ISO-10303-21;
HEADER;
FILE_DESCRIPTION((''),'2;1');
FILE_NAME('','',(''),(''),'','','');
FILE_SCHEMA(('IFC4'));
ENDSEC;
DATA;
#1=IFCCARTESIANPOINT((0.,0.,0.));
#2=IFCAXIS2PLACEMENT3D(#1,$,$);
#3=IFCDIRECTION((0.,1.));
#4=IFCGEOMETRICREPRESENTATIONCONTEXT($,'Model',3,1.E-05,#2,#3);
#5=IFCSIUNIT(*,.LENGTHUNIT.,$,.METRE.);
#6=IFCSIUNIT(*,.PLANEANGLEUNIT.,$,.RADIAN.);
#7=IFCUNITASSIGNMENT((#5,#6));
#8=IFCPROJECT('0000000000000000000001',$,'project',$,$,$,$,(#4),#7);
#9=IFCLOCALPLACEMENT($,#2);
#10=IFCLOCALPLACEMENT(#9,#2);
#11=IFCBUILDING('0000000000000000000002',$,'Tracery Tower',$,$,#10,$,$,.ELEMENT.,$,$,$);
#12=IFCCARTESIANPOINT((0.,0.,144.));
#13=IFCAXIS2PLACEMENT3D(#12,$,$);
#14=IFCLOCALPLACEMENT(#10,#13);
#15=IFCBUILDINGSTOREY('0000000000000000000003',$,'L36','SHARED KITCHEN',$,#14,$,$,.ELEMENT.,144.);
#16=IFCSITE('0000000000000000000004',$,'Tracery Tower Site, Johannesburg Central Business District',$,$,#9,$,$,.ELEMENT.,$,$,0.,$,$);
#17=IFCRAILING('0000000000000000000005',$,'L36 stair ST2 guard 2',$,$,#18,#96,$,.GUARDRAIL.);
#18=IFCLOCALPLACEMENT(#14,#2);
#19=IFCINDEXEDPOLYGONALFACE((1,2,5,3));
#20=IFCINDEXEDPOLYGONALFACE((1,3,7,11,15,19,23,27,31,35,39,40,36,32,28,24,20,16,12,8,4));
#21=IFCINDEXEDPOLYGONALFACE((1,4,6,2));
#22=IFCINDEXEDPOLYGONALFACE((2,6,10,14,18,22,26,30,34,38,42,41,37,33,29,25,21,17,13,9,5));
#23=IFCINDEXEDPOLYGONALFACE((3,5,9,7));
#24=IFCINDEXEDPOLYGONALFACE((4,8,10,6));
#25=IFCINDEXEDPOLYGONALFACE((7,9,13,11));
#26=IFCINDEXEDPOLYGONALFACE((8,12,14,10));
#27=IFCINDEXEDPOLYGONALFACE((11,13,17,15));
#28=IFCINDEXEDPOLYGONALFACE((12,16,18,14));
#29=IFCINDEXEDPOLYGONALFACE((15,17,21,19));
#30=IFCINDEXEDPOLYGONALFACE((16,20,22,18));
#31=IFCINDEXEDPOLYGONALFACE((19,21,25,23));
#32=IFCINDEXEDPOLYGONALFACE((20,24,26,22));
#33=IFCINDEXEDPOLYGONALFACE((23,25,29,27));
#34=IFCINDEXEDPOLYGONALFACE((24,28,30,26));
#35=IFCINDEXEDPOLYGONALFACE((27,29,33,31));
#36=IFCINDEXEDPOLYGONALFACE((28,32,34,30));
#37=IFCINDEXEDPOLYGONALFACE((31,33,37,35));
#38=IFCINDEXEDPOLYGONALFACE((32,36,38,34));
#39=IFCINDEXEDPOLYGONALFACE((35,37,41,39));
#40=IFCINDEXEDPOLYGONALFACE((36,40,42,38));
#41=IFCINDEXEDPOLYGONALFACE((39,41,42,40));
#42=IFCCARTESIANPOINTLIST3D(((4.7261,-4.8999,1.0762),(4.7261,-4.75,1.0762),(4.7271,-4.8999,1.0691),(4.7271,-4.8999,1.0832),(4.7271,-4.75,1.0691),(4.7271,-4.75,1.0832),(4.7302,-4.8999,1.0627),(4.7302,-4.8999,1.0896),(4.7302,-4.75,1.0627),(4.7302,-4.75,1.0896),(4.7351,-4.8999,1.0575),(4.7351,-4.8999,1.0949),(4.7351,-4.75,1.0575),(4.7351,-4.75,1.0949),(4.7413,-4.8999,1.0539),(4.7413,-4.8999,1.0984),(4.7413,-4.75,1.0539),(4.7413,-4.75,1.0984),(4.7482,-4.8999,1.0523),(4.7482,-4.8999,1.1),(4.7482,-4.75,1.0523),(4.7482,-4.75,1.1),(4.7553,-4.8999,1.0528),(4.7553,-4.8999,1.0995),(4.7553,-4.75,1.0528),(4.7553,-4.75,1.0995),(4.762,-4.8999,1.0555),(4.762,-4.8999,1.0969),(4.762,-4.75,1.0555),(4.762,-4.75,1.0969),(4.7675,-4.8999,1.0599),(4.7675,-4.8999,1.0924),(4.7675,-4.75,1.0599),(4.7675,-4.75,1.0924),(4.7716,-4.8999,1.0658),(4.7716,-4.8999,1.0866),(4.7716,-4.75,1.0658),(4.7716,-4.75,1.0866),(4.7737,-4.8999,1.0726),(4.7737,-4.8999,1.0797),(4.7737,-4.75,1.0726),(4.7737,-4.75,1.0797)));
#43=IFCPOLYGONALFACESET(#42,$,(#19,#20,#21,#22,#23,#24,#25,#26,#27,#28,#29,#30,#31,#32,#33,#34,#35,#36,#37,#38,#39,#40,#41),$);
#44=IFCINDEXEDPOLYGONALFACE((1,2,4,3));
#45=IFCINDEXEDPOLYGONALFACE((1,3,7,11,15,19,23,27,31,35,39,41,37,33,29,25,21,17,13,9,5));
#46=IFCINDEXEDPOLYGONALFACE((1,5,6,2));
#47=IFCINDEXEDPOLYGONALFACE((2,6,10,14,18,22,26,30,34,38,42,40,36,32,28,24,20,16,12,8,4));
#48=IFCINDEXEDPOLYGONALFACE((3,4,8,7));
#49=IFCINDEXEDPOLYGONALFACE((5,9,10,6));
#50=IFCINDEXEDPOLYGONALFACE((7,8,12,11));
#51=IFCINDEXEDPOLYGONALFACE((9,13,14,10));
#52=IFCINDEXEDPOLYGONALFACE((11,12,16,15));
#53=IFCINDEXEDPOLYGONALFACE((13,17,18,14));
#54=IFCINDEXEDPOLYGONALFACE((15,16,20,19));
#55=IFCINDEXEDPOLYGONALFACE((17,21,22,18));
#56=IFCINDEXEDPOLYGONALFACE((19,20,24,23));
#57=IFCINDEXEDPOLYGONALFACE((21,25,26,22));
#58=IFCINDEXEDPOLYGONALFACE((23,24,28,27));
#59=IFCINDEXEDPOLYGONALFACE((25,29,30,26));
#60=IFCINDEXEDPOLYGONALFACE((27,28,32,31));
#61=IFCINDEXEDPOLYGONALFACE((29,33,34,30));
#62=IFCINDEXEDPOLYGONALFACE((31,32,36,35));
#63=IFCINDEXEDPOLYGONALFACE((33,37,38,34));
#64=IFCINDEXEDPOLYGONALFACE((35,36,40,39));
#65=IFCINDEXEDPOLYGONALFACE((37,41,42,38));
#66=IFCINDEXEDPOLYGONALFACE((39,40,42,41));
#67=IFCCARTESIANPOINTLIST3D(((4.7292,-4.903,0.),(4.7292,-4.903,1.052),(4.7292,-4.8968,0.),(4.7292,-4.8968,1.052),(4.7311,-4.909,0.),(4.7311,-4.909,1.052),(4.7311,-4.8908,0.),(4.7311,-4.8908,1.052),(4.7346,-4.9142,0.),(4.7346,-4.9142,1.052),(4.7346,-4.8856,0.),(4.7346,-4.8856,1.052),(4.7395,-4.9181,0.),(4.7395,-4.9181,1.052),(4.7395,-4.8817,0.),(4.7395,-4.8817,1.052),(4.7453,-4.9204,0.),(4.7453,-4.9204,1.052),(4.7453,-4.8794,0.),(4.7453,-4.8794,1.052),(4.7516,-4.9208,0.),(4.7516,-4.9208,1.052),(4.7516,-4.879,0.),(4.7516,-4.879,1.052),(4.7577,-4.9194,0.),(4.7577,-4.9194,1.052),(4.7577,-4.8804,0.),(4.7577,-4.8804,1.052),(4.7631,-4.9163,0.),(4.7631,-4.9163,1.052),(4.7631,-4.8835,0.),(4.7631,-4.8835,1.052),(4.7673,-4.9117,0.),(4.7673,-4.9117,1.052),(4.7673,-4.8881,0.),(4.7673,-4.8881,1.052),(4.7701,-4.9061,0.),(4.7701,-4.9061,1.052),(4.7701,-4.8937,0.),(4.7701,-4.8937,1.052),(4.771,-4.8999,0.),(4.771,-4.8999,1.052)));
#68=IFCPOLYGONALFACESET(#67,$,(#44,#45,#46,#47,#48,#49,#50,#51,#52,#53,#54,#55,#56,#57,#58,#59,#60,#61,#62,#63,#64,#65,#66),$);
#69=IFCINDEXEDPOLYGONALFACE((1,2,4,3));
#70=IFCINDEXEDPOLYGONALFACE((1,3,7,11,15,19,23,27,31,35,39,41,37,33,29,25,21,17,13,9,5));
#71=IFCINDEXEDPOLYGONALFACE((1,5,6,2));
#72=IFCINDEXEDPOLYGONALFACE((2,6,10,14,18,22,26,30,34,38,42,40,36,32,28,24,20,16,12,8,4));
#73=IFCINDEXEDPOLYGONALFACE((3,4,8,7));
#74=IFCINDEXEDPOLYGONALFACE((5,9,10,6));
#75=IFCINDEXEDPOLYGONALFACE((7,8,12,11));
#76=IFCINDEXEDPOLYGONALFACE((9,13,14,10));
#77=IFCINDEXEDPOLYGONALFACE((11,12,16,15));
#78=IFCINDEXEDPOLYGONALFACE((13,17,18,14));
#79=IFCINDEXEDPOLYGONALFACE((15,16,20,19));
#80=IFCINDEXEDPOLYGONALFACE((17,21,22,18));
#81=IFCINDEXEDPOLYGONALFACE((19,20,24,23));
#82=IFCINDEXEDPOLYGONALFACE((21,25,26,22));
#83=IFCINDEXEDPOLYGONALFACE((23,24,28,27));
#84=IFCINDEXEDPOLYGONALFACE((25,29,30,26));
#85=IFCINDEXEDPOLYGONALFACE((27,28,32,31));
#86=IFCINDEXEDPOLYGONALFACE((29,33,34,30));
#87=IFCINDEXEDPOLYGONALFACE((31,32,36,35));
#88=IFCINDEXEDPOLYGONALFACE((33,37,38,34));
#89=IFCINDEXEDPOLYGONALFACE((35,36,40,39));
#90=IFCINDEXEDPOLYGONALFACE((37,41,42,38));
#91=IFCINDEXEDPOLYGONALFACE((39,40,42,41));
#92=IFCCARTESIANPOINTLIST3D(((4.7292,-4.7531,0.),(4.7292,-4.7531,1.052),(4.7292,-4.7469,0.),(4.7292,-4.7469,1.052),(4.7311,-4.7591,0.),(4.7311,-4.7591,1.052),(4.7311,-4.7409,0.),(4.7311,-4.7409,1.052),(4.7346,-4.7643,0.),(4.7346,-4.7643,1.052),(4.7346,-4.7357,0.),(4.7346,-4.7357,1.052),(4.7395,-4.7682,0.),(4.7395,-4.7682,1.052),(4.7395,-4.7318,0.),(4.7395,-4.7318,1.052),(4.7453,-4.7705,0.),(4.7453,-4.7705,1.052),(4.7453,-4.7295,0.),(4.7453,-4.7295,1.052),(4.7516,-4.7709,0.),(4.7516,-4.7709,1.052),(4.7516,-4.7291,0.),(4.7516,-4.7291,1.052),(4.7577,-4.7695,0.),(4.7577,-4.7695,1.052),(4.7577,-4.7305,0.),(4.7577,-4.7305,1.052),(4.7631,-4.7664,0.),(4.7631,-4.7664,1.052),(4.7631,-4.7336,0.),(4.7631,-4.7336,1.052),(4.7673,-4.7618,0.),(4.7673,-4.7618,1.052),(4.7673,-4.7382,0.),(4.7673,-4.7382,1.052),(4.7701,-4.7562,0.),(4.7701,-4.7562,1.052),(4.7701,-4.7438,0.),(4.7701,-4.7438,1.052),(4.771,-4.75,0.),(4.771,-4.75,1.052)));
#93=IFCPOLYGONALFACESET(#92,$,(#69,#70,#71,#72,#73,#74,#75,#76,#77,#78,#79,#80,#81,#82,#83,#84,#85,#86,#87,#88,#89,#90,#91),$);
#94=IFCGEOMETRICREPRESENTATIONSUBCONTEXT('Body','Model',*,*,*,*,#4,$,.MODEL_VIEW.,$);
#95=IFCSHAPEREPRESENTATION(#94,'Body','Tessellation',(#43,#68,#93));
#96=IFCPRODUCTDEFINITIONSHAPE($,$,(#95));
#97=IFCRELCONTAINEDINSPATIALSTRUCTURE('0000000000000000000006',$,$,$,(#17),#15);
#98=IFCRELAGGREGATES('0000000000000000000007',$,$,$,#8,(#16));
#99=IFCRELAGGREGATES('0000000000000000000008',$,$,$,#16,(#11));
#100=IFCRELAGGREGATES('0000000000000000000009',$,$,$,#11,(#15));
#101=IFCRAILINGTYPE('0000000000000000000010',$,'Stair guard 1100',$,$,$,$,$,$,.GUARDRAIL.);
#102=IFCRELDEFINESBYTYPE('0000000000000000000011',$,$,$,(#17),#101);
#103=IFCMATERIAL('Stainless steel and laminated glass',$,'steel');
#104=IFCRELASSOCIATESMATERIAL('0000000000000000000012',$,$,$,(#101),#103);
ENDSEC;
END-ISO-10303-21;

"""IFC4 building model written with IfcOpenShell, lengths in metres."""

from ifc_helpers import new_model, si_unit, direction, frame, origin, origin_2d, place, context, subcontext, project, spatial, circle, extrude, material, type_object, element, save


model = new_model("IFC4")

# Units and contexts
model_context = context("Model", 3, precision=1e-05, world=origin(), true_north=direction((0.0, 1.0)))
body_context = subcontext(model_context, "Body", "Model", "MODEL_VIEW")
ifc_project = project(units=[si_unit("LENGTHUNIT", "METRE"), si_unit("PLANEANGLEUNIT", "RADIAN")], contexts=[model_context])

# Site, building, storey
site_placement = place(None, origin())
site = spatial("IfcSite", under=ifc_project, at=site_placement, Name="Tracery Tower Site, Johannesburg Central Business District", CompositionType="ELEMENT", RefElevation=0.0)
building_placement = place(site_placement, origin())
building = spatial("IfcBuilding", under=site, at=building_placement, Name="Tracery Tower", CompositionType="ELEMENT")
storey_placement = place(building_placement, frame((0.0, 0.0, 144.0)))
storey = spatial("IfcBuildingStorey", under=building, at=storey_placement, Name="L36", Description="SHARED KITCHEN", CompositionType="ELEMENT", Elevation=144.0)

# Railing
ifc_material_1 = material(Name="Stainless steel and laminated glass", Category="steel")
railing_type_1 = type_object("IfcRailingType", Name="Stair guard 1100", PredefinedType="GUARDRAIL", material=ifc_material_1)
railing_1_placement = place(storey_placement, frame((4.75, -4.8999, 0.0)))
element("IfcRailing", 1, at=railing_1_placement, inside=storey, type_object=railing_type_1, Name="L36 stair ST2 guard 2", PredefinedType="GUARDRAIL", context=body_context, shape_type="SweptSolid", body=[
    extrude(circle(Radius=0.0239, at=origin_2d()), frame((0.0, 0.0, 1.0762), z_axis=(0.0, 1.0, 0.0), x_axis=(-1.0, 0.0, 0.0)), (0.0, 0.0, 1.0), 0.1499),
    extrude(circle(Radius=0.021, at=origin_2d()), origin(), (0.0, 0.0, 1.0), 1.052),
    extrude(circle(Radius=0.021, at=origin_2d()), frame((0.0, 0.1499, 0.0)), (0.0, 0.0, 1.0), 1.052),
])

save(model, "model.ifc")
